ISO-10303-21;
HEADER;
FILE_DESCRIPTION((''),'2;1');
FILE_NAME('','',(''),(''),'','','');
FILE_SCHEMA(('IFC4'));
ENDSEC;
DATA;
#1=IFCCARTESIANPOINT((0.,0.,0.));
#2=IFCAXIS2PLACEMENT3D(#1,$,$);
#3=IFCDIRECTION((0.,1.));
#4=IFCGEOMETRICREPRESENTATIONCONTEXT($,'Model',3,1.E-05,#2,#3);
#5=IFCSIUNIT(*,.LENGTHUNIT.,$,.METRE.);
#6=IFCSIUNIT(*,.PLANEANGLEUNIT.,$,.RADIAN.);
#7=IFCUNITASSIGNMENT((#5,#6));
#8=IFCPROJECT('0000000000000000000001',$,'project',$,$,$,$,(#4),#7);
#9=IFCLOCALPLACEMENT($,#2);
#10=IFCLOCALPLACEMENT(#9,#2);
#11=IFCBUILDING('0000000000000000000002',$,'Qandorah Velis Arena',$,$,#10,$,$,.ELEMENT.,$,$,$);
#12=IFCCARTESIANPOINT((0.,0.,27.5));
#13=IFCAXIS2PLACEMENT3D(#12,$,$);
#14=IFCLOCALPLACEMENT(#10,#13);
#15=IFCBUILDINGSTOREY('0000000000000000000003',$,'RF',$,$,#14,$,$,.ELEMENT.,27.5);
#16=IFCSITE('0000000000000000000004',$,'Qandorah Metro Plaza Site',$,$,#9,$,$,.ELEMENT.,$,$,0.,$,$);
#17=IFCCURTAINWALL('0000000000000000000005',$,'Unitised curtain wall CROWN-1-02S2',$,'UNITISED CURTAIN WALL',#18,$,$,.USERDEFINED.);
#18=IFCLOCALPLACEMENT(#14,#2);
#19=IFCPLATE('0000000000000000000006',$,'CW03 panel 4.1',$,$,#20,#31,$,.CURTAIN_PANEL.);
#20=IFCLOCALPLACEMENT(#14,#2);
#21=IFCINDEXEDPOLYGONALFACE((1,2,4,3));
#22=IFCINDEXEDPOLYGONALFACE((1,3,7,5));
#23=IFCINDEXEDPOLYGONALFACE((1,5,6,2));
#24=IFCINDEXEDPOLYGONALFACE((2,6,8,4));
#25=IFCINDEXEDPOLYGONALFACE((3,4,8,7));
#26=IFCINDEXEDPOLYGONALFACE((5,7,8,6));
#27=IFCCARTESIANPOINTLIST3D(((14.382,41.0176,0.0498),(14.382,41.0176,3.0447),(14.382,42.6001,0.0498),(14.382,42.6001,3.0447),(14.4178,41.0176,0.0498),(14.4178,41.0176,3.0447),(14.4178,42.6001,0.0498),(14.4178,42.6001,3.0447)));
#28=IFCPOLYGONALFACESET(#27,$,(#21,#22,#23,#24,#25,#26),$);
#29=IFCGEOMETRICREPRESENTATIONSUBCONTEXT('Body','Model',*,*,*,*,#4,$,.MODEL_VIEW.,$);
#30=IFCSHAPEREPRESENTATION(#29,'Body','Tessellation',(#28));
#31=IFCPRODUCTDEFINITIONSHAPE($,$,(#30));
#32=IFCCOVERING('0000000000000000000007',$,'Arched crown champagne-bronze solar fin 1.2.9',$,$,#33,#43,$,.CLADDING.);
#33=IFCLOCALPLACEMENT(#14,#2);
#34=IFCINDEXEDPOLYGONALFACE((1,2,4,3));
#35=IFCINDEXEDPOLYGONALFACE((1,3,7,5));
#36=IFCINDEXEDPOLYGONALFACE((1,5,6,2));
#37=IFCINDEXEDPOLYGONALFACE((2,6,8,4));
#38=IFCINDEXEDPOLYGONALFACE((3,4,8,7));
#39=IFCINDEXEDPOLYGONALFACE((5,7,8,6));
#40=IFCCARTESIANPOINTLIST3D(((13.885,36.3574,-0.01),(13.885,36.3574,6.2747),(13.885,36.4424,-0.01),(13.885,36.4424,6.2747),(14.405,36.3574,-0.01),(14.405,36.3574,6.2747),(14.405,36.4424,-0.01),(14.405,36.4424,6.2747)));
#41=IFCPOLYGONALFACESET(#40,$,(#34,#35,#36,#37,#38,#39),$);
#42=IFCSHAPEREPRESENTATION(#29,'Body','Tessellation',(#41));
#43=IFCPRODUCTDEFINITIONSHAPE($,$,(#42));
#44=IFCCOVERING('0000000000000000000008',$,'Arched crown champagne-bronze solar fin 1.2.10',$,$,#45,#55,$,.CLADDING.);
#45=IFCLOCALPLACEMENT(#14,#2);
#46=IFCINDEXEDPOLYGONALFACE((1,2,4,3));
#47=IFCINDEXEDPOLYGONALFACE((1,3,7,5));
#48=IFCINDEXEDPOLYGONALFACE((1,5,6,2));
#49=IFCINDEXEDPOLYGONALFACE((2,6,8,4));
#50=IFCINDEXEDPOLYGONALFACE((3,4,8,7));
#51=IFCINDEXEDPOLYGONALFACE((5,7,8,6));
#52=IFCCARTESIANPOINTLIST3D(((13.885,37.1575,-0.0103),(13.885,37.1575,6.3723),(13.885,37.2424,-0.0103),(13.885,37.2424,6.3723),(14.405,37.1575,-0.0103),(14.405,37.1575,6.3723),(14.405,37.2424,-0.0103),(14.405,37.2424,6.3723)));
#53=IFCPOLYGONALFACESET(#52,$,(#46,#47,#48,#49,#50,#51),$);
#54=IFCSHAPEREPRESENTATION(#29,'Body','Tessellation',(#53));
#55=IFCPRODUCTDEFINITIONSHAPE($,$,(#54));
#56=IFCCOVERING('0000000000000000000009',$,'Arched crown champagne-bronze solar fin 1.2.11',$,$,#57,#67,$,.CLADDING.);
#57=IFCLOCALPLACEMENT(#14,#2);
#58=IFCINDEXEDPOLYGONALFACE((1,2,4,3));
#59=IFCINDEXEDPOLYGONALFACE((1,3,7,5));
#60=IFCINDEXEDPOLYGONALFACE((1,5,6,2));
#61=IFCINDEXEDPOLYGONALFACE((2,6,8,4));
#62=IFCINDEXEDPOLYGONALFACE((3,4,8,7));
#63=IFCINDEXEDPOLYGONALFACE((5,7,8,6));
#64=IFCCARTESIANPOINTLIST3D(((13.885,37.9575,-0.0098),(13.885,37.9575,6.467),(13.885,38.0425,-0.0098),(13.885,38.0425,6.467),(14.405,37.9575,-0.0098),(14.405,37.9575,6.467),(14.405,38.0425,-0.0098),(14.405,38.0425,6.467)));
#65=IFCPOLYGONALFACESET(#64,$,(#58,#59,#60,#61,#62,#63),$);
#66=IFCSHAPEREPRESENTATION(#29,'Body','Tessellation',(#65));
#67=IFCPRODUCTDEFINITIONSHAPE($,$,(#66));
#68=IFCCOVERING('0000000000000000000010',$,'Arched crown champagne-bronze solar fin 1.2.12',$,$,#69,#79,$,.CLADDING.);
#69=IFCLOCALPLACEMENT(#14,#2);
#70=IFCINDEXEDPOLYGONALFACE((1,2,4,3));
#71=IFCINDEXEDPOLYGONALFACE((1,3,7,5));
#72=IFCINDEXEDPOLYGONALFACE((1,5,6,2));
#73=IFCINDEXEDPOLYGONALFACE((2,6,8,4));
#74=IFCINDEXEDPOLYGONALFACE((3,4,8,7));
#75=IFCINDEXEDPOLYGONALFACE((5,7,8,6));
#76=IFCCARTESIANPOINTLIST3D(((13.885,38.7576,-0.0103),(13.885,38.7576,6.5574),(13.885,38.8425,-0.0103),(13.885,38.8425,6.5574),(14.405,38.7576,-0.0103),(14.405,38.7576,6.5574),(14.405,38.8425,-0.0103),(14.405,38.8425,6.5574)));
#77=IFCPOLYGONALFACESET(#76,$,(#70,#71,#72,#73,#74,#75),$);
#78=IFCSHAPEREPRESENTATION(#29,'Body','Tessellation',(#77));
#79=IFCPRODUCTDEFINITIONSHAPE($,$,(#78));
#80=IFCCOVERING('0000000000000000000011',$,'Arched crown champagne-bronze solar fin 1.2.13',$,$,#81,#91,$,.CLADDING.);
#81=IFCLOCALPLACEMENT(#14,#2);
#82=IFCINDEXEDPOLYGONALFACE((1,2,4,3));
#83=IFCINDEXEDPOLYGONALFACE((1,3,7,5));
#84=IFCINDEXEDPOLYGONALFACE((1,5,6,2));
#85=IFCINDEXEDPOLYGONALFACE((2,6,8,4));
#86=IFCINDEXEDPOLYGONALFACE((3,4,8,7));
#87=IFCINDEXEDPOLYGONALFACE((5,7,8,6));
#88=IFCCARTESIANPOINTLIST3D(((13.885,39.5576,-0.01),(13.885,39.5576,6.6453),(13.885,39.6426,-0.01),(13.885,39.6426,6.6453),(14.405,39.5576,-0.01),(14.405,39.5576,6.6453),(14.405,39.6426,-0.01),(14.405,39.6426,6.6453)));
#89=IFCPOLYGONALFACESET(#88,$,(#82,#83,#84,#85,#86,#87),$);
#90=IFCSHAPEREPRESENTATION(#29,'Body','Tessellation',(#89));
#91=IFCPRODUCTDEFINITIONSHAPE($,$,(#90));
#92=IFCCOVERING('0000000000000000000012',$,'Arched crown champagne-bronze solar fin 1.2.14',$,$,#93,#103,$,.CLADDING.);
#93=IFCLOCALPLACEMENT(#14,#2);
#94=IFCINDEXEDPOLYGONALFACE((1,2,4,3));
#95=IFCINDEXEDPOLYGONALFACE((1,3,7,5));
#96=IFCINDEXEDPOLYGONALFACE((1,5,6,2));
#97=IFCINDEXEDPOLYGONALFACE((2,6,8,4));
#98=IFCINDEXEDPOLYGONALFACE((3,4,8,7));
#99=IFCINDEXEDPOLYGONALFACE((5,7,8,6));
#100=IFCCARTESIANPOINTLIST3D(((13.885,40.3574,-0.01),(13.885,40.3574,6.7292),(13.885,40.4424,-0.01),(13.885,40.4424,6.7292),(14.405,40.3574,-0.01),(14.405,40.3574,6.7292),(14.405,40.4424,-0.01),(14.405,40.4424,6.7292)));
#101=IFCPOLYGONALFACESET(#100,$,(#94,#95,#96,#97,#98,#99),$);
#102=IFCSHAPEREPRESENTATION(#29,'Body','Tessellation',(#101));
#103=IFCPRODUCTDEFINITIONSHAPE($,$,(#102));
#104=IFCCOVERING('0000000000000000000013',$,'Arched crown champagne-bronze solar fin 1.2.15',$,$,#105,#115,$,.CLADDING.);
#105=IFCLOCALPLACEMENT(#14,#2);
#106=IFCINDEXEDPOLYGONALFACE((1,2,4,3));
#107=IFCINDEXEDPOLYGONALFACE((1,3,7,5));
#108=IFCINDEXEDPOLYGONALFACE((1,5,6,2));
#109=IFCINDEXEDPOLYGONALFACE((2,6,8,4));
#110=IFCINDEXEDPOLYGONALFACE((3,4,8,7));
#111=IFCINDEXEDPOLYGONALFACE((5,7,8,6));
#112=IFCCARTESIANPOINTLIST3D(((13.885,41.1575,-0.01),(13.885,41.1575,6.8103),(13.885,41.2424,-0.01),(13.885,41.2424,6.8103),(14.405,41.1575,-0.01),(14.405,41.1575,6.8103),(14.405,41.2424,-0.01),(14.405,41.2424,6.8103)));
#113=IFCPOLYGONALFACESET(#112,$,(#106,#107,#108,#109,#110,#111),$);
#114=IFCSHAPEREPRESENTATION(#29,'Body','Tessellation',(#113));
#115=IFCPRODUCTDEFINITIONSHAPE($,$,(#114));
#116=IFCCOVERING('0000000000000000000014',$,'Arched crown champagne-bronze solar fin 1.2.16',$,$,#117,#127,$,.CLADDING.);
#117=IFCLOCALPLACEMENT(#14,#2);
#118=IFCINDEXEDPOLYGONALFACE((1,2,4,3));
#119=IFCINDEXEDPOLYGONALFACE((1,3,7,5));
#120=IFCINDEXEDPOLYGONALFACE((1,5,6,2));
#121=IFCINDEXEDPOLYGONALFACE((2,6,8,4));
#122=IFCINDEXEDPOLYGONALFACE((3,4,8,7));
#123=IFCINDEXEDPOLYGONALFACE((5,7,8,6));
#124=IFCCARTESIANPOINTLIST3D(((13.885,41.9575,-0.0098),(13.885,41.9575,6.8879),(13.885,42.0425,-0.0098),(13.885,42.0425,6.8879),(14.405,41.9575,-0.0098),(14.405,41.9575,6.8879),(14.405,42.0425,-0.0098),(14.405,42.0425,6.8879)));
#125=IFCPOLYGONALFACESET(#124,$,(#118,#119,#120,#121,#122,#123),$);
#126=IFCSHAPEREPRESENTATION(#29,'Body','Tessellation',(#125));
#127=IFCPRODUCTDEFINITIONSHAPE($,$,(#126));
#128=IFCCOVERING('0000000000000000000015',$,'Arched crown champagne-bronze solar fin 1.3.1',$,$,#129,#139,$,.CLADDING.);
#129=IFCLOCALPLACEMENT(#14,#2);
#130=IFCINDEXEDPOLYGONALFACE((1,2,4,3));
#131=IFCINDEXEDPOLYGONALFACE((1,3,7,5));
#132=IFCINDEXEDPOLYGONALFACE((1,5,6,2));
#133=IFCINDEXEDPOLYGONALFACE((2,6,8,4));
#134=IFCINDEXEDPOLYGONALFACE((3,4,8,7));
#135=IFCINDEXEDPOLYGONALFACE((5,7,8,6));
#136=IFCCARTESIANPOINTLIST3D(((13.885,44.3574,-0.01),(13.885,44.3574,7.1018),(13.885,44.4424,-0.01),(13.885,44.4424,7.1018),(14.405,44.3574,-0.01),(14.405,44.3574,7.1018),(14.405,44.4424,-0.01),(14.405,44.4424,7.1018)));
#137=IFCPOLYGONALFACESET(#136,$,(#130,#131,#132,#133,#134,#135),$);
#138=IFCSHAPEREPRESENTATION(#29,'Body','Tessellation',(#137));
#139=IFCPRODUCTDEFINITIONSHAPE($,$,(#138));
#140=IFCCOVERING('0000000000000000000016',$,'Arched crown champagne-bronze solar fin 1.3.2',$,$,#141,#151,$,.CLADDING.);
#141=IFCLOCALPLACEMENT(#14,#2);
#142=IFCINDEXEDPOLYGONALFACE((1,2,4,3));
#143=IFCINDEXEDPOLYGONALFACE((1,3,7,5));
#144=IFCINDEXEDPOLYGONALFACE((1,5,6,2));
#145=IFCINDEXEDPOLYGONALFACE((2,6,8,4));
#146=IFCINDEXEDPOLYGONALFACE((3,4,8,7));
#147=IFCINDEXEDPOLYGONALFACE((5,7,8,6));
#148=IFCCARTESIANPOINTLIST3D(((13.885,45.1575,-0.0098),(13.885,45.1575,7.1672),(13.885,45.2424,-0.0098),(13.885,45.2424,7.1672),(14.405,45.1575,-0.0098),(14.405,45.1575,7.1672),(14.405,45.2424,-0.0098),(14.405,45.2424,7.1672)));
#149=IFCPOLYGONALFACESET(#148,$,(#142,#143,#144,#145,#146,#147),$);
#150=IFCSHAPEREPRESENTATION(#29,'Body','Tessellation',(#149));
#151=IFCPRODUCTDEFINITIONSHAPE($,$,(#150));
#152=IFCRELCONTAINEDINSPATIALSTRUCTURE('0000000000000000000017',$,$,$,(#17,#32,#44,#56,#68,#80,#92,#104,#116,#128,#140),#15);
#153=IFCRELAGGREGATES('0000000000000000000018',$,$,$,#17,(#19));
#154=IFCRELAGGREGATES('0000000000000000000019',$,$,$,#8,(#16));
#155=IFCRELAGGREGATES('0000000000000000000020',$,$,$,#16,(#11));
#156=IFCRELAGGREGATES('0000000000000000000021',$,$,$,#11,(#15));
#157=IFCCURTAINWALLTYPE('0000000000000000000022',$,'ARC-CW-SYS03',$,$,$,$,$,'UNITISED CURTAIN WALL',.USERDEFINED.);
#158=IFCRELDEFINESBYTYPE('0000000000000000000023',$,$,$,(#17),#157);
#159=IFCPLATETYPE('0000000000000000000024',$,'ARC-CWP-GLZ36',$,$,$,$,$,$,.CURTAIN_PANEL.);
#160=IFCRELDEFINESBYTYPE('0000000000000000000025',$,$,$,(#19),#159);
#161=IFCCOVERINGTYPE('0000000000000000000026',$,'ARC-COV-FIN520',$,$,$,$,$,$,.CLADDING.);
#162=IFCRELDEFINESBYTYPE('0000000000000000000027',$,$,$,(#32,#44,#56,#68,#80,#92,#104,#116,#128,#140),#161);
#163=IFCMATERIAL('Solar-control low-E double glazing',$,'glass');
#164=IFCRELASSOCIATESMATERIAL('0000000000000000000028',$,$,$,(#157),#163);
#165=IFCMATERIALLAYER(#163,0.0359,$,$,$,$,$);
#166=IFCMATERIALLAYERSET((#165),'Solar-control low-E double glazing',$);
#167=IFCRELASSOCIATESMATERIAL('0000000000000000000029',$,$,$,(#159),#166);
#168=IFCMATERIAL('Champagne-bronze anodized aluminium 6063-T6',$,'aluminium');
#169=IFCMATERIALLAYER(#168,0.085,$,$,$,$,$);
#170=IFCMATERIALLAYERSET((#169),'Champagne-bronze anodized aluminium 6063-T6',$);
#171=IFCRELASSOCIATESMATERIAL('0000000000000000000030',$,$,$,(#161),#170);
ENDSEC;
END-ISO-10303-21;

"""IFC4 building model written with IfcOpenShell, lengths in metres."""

from ifc_helpers import new_model, si_unit, direction, frame, origin, origin_2d, place, context, subcontext, project, spatial, rectangle, extrude, material, layer, layer_set, type_object, element, aggregate, save


model = new_model("IFC4")

# Units and contexts
model_context = context("Model", 3, precision=1e-05, world=origin(), true_north=direction((0.0, 1.0)))
body_context = subcontext(model_context, "Body", "Model", "MODEL_VIEW")
ifc_project = project(units=[si_unit("LENGTHUNIT", "METRE"), si_unit("PLANEANGLEUNIT", "RADIAN")], contexts=[model_context])

# Site, building, storey
site_placement = place(None, origin())
site = spatial("IfcSite", under=ifc_project, at=site_placement, Name="Qandorah Metro Plaza Site", CompositionType="ELEMENT", RefElevation=0.0)
building_placement = place(site_placement, origin())
building = spatial("IfcBuilding", under=site, at=building_placement, Name="Qandorah Velis Arena", CompositionType="ELEMENT")
storey_placement = place(building_placement, frame((0.0, 0.0, 27.5)))
storey = spatial("IfcBuildingStorey", under=building, at=storey_placement, Name="RF", CompositionType="ELEMENT", Elevation=27.5)

# Curtain wall
ifc_material_1 = material(Name="Solar-control low-E double glazing", Category="glass")
curtain_wall_type = type_object("IfcCurtainWallType", Name="ARC-CW-SYS03", ElementType="UNITISED CURTAIN WALL", PredefinedType="USERDEFINED", material=ifc_material_1)
curtain_wall_placement = place(storey_placement, origin())
curtain_wall = element("IfcCurtainWall", 1, at=curtain_wall_placement, inside=storey, type_object=curtain_wall_type, Name="Unitised curtain wall CROWN-1-02S2", ObjectType="UNITISED CURTAIN WALL", PredefinedType="USERDEFINED")
ifc_material_2 = material(Name="Champagne-bronze anodized aluminium 6063-T6", Category="aluminium")

# Plate
ifc_layer_1 = layer(ifc_material_1, 0.0359)
ifc_layer_set_1 = layer_set([ifc_layer_1], Name="Solar-control low-E double glazing")
plate_type = type_object("IfcPlateType", Name="ARC-CWP-GLZ36", PredefinedType="CURTAIN_PANEL", material=ifc_layer_set_1)
plate_1_placement = place(storey_placement, frame((14.3999, 41.8088, 0.0498), z_axis=(0.0, 0.0, 1.0), x_axis=(0.0, 1.0, 0.0)))
plate_1 = element("IfcPlate", 2, at=plate_1_placement, type_object=plate_type, Name="CW03 panel 4.1", PredefinedType="CURTAIN_PANEL", context=body_context, shape_type="SweptSolid", body=[
    extrude(rectangle(XDim=1.5825, YDim=0.0359, at=origin_2d()), origin(), (0.0, 0.0, 1.0), 2.9949),
])
aggregate(curtain_wall, [plate_1])

# Coverings
ifc_layer_2 = layer(ifc_material_2, 0.085)
ifc_layer_set_2 = layer_set([ifc_layer_2], Name="Champagne-bronze anodized aluminium 6063-T6")
covering_type = type_object("IfcCoveringType", Name="ARC-COV-FIN520", PredefinedType="CLADDING", material=ifc_layer_set_2)
covering_1_placement = place(storey_placement, frame((14.145, 36.3999, -0.01), z_axis=(0.0, 0.0, 1.0), x_axis=(1.0, 0.0, 0.0)))
element("IfcCovering", 3, at=covering_1_placement, inside=storey, type_object=covering_type, Name="Arched crown champagne-bronze solar fin 1.2.9", PredefinedType="CLADDING", context=body_context, shape_type="SweptSolid", body=[
    extrude(rectangle(XDim=0.52, YDim=0.085, at=origin_2d()), origin(), (0.0, 0.0, 1.0), 6.2847),
])
covering_2_placement = place(storey_placement, frame((14.145, 37.2, -0.0103), z_axis=(0.0, 0.0, 1.0), x_axis=(1.0, 0.0, 0.0)))
element("IfcCovering", 4, at=covering_2_placement, inside=storey, type_object=covering_type, Name="Arched crown champagne-bronze solar fin 1.2.10", PredefinedType="CLADDING", context=body_context, shape_type="SweptSolid", body=[
    extrude(rectangle(XDim=0.52, YDim=0.085, at=origin_2d()), origin(), (0.0, 0.0, 1.0), 6.3826),
])
covering_3_placement = place(storey_placement, frame((14.145, 38.0, -0.0098), z_axis=(0.0, 0.0, 1.0), x_axis=(1.0, 0.0, 0.0)))
element("IfcCovering", 5, at=covering_3_placement, inside=storey, type_object=covering_type, Name="Arched crown champagne-bronze solar fin 1.2.11", PredefinedType="CLADDING", context=body_context, shape_type="SweptSolid", body=[
    extrude(rectangle(XDim=0.52, YDim=0.085, at=origin_2d()), origin(), (0.0, 0.0, 1.0), 6.4768),
])
covering_4_placement = place(storey_placement, frame((14.145, 38.8, -0.0103), z_axis=(0.0, 0.0, 1.0), x_axis=(1.0, 0.0, 0.0)))
element("IfcCovering", 6, at=covering_4_placement, inside=storey, type_object=covering_type, Name="Arched crown champagne-bronze solar fin 1.2.12", PredefinedType="CLADDING", context=body_context, shape_type="SweptSolid", body=[
    extrude(rectangle(XDim=0.52, YDim=0.085, at=origin_2d()), origin(), (0.0, 0.0, 1.0), 6.5676),
])
covering_5_placement = place(storey_placement, frame((14.145, 39.6001, -0.01), z_axis=(0.0, 0.0, 1.0), x_axis=(1.0, 0.0, 0.0)))
element("IfcCovering", 7, at=covering_5_placement, inside=storey, type_object=covering_type, Name="Arched crown champagne-bronze solar fin 1.2.13", PredefinedType="CLADDING", context=body_context, shape_type="SweptSolid", body=[
    extrude(rectangle(XDim=0.52, YDim=0.085, at=origin_2d()), origin(), (0.0, 0.0, 1.0), 6.6553),
])
covering_6_placement = place(storey_placement, frame((14.145, 40.3999, -0.01), z_axis=(0.0, 0.0, 1.0), x_axis=(1.0, 0.0, 0.0)))
element("IfcCovering", 8, at=covering_6_placement, inside=storey, type_object=covering_type, Name="Arched crown champagne-bronze solar fin 1.2.14", PredefinedType="CLADDING", context=body_context, shape_type="SweptSolid", body=[
    extrude(rectangle(XDim=0.52, YDim=0.085, at=origin_2d()), origin(), (0.0, 0.0, 1.0), 6.7393),
])
covering_7_placement = place(storey_placement, frame((14.145, 41.2, -0.01), z_axis=(0.0, 0.0, 1.0), x_axis=(1.0, 0.0, 0.0)))
element("IfcCovering", 9, at=covering_7_placement, inside=storey, type_object=covering_type, Name="Arched crown champagne-bronze solar fin 1.2.15", PredefinedType="CLADDING", context=body_context, shape_type="SweptSolid", body=[
    extrude(rectangle(XDim=0.52, YDim=0.085, at=origin_2d()), origin(), (0.0, 0.0, 1.0), 6.8203),
])
covering_8_placement = place(storey_placement, frame((14.145, 42.0, -0.0098), z_axis=(0.0, 0.0, 1.0), x_axis=(1.0, 0.0, 0.0)))
element("IfcCovering", 10, at=covering_8_placement, inside=storey, type_object=covering_type, Name="Arched crown champagne-bronze solar fin 1.2.16", PredefinedType="CLADDING", context=body_context, shape_type="SweptSolid", body=[
    extrude(rectangle(XDim=0.52, YDim=0.085, at=origin_2d()), origin(), (0.0, 0.0, 1.0), 6.8977),
])
covering_9_placement = place(storey_placement, frame((14.145, 44.3999, -0.01), z_axis=(0.0, 0.0, 1.0), x_axis=(1.0, 0.0, 0.0)))
element("IfcCovering", 11, at=covering_9_placement, inside=storey, type_object=covering_type, Name="Arched crown champagne-bronze solar fin 1.3.1", PredefinedType="CLADDING", context=body_context, shape_type="SweptSolid", body=[
    extrude(rectangle(XDim=0.52, YDim=0.085, at=origin_2d()), origin(), (0.0, 0.0, 1.0), 7.1118),
])
covering_10_placement = place(storey_placement, frame((14.145, 45.2, -0.0098), z_axis=(0.0, 0.0, 1.0), x_axis=(1.0, 0.0, 0.0)))
element("IfcCovering", 12, at=covering_10_placement, inside=storey, type_object=covering_type, Name="Arched crown champagne-bronze solar fin 1.3.2", PredefinedType="CLADDING", context=body_context, shape_type="SweptSolid", body=[
    extrude(rectangle(XDim=0.52, YDim=0.085, at=origin_2d()), origin(), (0.0, 0.0, 1.0), 7.177),
])

save(model, "model.ifc")
